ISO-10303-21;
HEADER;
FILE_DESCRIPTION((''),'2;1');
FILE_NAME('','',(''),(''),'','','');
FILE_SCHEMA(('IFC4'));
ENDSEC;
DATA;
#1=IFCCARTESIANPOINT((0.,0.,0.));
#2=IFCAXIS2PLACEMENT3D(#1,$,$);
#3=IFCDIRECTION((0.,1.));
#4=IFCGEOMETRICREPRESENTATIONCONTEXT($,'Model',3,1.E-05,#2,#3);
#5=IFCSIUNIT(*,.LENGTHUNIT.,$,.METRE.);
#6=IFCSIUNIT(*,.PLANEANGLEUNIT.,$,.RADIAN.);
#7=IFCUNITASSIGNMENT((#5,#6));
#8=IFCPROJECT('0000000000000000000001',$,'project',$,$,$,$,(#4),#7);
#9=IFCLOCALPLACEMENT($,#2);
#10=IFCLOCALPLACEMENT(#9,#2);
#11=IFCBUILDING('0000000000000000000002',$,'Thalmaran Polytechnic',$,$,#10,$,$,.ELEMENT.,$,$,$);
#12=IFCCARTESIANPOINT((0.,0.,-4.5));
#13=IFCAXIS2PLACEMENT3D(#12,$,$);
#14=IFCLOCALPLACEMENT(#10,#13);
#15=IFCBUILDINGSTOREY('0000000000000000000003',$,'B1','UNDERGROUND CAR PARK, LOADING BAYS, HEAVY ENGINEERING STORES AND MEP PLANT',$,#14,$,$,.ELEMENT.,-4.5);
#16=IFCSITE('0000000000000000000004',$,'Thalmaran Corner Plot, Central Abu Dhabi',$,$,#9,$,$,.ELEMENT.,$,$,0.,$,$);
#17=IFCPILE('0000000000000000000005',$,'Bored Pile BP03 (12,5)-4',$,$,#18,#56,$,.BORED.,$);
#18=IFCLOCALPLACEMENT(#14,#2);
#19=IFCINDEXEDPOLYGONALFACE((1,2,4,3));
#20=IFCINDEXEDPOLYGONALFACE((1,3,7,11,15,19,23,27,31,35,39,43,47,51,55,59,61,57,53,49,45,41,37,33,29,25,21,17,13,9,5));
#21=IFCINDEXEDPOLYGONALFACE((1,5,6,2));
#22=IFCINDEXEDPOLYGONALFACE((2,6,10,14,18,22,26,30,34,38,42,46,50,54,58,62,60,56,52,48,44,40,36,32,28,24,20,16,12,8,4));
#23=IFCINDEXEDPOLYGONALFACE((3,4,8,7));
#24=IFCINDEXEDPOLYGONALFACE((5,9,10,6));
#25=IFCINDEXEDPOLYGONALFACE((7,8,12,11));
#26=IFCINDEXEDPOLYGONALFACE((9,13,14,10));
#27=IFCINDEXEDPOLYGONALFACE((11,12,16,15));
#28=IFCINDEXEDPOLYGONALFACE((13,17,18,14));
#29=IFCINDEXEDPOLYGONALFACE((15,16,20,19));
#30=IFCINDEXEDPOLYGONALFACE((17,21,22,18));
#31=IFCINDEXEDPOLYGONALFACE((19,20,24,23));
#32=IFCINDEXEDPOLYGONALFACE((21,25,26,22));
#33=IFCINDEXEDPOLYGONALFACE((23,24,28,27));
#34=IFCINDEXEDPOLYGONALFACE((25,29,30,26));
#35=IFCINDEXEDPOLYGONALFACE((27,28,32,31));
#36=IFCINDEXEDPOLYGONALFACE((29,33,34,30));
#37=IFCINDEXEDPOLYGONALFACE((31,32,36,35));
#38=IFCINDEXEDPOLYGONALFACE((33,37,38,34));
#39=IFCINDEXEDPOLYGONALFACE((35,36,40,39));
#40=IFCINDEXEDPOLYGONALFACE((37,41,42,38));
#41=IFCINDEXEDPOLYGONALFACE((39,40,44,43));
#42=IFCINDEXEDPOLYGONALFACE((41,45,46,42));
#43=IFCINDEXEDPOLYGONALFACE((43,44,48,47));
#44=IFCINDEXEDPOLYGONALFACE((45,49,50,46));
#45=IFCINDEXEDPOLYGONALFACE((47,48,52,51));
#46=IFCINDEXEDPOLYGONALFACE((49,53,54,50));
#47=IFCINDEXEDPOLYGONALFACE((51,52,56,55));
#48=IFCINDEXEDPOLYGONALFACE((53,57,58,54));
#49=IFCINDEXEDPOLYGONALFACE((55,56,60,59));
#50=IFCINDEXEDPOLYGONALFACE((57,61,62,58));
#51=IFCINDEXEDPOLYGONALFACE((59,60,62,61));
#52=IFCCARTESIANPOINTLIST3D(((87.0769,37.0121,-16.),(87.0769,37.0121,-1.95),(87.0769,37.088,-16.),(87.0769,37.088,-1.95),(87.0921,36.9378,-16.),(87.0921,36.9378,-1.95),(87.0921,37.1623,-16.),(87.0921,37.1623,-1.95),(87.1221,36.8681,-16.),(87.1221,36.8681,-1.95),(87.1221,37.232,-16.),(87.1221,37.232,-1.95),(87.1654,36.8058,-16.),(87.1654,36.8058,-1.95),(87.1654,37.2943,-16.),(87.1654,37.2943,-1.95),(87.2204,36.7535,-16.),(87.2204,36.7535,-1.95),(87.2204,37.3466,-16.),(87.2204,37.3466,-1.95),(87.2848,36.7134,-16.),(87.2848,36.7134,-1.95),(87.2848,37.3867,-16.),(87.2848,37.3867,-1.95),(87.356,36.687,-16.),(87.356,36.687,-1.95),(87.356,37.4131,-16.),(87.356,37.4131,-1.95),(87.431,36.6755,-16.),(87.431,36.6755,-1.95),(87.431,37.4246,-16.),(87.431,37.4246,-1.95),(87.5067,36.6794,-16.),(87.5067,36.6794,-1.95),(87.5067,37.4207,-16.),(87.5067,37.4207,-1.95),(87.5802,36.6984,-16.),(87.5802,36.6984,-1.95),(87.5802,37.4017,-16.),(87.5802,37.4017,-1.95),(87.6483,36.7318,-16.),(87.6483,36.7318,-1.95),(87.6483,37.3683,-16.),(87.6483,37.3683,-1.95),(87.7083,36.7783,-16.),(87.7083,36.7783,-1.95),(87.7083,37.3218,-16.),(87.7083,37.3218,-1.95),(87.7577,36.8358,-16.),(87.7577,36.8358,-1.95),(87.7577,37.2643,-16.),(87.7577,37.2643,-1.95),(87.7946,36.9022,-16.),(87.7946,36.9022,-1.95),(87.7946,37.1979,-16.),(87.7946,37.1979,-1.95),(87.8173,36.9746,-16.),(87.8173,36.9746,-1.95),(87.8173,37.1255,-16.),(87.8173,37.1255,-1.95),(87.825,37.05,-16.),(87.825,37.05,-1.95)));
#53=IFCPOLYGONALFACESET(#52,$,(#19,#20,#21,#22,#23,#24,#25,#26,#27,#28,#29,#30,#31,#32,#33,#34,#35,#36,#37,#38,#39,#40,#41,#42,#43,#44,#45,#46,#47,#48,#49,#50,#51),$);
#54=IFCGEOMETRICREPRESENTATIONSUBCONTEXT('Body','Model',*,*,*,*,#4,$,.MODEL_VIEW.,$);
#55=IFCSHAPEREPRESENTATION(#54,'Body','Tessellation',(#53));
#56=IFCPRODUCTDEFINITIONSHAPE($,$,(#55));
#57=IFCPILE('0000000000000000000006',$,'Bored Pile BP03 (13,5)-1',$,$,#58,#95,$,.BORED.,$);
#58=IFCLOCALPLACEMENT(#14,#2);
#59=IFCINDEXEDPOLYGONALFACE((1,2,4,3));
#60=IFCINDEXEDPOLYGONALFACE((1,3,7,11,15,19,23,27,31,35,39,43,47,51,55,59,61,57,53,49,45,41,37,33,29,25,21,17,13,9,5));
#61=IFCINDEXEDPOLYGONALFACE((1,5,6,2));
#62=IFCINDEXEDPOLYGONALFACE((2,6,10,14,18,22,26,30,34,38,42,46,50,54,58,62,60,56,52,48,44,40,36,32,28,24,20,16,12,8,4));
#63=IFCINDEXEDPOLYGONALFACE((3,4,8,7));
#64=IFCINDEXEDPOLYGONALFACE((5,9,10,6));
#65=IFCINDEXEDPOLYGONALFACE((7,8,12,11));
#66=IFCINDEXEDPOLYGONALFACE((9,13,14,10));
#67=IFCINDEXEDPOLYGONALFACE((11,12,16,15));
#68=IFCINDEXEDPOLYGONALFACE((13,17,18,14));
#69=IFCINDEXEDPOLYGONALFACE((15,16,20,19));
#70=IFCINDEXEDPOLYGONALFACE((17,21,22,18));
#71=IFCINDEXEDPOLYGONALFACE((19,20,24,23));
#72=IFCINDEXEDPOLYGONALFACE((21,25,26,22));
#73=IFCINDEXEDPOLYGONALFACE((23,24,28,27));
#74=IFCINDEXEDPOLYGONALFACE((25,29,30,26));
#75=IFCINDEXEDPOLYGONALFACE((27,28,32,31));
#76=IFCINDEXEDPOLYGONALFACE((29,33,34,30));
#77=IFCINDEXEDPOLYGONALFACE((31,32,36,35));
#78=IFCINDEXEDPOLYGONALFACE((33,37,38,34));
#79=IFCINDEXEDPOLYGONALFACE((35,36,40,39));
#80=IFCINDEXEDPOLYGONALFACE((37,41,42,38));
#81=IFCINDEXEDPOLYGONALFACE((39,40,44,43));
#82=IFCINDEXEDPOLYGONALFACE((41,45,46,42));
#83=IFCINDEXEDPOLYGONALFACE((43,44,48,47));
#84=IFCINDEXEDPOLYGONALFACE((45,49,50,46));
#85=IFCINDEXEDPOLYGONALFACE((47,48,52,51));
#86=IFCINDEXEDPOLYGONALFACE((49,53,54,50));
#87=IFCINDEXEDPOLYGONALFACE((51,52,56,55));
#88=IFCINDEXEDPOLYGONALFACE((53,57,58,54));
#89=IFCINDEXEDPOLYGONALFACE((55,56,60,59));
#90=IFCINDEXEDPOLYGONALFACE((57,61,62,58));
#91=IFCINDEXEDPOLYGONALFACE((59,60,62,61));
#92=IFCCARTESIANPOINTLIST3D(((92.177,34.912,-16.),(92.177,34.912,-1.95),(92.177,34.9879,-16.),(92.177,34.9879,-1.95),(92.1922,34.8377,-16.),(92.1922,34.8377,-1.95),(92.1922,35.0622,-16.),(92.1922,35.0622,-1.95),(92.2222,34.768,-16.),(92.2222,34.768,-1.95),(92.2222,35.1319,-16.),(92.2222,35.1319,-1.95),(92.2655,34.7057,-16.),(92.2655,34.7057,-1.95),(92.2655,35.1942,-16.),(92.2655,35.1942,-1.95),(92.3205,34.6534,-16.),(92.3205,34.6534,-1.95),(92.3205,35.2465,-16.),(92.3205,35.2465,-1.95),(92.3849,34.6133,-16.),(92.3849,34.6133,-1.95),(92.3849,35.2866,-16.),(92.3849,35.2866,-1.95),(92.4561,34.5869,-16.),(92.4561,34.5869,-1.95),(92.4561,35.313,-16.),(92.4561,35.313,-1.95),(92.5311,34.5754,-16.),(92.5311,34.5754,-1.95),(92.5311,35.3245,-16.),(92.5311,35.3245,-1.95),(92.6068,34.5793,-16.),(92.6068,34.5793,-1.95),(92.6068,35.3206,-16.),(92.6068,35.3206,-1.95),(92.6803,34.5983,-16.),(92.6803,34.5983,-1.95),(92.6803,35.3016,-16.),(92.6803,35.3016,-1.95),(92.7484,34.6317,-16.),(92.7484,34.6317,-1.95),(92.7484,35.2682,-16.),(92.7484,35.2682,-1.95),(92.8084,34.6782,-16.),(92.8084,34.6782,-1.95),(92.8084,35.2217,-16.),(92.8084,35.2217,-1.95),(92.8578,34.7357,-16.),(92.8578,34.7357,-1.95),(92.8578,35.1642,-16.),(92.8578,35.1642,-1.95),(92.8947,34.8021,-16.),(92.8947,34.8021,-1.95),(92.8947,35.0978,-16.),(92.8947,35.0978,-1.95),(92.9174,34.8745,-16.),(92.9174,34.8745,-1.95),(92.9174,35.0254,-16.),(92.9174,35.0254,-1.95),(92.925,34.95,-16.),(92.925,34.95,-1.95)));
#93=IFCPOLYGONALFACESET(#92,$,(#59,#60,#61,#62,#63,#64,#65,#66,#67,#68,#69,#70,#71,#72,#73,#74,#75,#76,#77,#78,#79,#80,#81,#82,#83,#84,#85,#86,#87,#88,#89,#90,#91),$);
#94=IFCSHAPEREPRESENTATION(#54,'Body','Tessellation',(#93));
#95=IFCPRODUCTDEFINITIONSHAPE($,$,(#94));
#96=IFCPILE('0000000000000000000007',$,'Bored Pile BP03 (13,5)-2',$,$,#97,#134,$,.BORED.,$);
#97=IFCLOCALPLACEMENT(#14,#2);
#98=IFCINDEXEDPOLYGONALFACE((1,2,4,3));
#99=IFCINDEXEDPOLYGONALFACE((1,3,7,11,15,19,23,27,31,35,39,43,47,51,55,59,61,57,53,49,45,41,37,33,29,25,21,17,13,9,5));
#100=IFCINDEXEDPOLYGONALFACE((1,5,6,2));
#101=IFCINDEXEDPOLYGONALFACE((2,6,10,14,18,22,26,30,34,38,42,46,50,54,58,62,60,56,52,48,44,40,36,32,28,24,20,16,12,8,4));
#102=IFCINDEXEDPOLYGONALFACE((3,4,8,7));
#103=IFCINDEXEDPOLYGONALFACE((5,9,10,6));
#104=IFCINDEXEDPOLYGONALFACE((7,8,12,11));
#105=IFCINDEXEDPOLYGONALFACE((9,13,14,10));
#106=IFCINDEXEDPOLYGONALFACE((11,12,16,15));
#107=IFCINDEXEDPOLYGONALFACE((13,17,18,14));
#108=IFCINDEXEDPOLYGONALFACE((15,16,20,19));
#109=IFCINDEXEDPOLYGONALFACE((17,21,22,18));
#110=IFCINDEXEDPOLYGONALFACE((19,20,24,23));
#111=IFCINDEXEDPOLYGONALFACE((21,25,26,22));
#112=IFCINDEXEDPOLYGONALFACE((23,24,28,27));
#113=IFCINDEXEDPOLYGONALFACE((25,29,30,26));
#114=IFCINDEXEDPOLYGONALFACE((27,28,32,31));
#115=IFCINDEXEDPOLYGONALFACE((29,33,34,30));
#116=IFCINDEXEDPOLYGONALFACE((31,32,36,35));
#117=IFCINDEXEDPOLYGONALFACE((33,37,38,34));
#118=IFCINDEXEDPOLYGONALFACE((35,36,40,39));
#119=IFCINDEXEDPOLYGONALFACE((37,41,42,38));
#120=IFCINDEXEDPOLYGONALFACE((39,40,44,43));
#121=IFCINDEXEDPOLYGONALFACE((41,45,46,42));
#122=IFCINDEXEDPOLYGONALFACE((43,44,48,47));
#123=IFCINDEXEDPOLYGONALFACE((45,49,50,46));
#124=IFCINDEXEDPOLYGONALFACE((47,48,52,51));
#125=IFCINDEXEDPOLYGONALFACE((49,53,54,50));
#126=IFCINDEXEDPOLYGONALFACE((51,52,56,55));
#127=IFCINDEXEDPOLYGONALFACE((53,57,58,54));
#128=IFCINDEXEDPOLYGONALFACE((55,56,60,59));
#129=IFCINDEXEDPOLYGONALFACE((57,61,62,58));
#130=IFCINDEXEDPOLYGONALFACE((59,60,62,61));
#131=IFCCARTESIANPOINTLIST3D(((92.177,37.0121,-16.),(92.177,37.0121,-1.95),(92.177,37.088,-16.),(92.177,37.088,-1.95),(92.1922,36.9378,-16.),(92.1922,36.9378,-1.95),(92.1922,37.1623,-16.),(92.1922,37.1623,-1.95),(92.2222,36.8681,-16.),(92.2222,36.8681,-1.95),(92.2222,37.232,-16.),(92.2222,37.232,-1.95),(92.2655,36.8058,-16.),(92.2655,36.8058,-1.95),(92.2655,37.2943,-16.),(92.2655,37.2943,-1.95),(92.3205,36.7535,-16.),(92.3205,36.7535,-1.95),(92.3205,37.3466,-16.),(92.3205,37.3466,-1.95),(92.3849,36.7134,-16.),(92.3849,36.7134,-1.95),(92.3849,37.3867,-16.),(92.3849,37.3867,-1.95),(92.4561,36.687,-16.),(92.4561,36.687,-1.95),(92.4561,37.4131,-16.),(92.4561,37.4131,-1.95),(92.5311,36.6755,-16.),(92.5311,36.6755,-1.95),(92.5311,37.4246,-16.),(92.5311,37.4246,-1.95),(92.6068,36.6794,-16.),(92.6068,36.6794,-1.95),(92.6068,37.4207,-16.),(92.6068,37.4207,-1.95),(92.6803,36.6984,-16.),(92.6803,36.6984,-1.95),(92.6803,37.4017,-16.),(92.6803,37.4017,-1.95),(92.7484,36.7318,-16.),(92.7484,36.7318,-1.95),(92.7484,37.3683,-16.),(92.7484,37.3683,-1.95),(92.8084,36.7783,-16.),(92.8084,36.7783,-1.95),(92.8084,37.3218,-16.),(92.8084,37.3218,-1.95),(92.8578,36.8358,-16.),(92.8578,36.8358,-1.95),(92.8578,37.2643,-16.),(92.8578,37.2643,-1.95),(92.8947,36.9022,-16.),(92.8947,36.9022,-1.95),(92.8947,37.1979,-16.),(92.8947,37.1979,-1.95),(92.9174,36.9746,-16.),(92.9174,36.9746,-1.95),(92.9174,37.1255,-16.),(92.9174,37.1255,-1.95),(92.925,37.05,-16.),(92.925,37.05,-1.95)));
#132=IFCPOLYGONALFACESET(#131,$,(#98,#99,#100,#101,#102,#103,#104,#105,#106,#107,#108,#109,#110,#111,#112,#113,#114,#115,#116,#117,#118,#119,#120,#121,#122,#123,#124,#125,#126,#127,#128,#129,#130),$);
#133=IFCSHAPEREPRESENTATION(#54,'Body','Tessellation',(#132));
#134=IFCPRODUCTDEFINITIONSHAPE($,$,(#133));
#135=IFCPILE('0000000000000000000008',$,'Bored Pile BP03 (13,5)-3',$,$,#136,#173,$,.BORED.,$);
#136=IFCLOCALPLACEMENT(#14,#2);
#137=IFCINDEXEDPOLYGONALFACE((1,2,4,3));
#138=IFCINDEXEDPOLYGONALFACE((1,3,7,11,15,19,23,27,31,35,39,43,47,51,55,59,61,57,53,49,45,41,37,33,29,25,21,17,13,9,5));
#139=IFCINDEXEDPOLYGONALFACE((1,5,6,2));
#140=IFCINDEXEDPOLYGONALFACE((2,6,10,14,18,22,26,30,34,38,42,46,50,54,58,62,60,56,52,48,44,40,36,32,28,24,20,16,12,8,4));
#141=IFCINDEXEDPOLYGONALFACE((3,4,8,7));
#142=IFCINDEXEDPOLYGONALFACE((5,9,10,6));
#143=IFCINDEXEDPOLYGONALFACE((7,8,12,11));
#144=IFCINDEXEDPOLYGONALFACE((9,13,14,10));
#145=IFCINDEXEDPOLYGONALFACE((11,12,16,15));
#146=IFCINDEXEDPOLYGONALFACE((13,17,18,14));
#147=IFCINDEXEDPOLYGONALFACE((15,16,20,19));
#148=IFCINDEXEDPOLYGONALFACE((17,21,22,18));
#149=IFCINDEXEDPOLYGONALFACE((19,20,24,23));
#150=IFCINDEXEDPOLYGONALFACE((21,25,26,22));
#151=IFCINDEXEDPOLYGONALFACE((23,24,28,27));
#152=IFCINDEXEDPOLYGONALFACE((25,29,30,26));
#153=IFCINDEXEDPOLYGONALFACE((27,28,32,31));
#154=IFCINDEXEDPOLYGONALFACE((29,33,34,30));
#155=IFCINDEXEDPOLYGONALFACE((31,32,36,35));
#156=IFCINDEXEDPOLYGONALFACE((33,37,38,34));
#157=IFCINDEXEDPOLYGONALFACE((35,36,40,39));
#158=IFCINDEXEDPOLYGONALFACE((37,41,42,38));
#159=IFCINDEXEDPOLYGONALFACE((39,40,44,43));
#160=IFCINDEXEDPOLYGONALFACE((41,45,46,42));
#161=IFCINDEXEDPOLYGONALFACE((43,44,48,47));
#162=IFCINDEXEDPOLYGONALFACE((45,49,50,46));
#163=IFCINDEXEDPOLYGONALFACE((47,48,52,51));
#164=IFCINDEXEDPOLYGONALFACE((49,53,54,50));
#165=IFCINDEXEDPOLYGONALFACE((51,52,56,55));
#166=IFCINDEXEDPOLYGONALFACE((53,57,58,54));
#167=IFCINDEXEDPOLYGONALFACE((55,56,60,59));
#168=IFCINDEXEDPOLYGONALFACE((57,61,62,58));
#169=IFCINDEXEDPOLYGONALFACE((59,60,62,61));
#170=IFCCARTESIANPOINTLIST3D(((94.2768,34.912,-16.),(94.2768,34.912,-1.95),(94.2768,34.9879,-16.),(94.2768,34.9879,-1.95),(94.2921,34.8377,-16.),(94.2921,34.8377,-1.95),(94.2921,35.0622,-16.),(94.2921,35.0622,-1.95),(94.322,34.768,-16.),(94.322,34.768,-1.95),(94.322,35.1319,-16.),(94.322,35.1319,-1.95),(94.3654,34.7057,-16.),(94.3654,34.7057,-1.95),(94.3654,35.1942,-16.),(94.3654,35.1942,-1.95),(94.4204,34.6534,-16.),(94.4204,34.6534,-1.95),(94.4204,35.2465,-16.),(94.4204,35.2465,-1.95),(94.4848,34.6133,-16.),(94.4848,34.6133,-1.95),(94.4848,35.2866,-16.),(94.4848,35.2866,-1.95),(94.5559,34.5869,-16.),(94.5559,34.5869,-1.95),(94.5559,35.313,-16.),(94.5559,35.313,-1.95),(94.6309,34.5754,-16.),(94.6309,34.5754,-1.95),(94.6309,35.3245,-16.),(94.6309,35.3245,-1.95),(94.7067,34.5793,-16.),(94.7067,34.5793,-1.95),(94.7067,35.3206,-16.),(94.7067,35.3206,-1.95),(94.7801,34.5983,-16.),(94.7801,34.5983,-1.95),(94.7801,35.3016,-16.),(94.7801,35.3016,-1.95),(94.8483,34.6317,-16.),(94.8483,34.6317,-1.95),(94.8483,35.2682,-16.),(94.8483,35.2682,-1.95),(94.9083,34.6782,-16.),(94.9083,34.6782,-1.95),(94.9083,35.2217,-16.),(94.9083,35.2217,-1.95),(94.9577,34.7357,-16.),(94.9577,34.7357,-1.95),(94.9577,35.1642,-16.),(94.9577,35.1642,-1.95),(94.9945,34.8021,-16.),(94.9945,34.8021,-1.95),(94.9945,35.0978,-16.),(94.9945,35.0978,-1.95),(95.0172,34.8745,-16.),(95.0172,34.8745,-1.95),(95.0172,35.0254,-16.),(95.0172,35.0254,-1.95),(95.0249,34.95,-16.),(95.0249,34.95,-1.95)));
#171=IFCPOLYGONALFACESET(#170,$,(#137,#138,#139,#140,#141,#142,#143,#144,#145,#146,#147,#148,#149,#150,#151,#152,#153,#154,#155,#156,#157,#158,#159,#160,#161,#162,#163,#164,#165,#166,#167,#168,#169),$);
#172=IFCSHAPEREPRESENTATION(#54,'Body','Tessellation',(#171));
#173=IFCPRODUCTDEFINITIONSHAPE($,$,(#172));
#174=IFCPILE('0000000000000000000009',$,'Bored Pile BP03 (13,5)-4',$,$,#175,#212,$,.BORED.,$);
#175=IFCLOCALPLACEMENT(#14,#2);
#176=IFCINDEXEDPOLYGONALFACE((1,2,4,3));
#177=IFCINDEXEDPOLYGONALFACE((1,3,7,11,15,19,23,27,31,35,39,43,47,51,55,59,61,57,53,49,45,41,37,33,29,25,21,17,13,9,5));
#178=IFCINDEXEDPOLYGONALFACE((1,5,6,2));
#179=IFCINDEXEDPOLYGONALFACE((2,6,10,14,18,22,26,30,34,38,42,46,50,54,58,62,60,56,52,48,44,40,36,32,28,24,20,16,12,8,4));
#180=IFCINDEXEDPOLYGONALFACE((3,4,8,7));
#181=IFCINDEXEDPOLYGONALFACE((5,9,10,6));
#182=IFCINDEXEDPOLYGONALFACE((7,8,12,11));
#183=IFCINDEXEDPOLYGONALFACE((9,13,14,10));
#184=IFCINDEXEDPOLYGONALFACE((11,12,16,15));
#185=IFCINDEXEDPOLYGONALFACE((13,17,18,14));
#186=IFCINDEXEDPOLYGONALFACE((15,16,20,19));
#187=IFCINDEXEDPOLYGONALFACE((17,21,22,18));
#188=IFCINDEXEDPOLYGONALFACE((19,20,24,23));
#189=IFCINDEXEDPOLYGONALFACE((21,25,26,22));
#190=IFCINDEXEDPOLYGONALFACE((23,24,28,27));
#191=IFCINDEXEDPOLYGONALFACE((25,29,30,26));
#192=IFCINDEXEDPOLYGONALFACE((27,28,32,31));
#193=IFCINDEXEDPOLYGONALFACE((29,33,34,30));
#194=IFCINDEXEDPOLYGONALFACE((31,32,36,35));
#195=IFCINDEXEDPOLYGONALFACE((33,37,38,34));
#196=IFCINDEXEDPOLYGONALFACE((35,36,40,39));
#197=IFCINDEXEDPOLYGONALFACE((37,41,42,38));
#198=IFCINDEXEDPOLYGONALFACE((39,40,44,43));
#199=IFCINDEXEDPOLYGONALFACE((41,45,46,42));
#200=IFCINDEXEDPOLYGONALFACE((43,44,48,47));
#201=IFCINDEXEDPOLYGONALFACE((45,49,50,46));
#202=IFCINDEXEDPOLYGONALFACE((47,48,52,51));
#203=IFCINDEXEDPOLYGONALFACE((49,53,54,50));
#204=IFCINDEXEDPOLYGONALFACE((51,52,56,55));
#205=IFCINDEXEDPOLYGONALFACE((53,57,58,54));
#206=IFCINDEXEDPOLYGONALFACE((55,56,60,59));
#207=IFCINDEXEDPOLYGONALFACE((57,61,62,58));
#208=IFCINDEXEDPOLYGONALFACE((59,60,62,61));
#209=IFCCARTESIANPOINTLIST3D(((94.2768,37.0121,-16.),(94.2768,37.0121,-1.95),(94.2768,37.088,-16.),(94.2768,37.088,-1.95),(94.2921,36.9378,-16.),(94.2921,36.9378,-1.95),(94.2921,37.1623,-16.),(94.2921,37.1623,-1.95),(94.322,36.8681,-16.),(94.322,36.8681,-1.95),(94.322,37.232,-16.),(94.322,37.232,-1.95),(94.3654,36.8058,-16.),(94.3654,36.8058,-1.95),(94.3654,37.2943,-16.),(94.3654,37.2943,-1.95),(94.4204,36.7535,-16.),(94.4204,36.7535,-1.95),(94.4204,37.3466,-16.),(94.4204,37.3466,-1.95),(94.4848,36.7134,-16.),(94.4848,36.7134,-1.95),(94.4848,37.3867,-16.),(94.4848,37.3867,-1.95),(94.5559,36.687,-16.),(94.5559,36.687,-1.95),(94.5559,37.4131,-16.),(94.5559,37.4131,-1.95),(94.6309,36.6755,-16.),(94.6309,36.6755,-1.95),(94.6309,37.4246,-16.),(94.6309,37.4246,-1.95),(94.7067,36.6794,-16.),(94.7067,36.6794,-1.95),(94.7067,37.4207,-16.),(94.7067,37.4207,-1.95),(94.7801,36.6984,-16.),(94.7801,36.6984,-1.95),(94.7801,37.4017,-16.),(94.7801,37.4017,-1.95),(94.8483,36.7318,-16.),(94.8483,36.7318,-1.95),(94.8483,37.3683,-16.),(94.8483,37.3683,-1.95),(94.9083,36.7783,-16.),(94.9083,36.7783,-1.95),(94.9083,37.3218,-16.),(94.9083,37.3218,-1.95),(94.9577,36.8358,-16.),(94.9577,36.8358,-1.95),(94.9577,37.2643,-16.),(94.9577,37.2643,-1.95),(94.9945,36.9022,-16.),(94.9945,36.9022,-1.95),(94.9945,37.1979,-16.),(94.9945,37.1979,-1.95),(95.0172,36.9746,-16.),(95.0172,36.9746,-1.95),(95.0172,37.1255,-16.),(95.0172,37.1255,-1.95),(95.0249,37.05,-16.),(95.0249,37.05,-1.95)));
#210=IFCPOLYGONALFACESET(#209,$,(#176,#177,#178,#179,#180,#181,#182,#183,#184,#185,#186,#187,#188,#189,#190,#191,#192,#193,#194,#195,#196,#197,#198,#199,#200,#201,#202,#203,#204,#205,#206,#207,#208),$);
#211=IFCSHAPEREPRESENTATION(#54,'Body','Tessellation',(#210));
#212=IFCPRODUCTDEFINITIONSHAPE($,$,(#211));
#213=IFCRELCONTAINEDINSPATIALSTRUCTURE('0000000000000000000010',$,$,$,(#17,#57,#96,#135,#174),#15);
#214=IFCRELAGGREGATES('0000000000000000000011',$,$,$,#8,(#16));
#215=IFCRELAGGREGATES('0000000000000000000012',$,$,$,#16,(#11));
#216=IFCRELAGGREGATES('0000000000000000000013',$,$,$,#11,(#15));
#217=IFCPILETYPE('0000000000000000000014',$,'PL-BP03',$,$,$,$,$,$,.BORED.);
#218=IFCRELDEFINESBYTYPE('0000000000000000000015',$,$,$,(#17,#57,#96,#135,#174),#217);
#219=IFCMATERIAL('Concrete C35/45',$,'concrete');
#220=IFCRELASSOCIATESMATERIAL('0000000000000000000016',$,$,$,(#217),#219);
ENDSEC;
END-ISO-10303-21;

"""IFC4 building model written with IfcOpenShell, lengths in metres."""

from ifc_helpers import new_model, si_unit, direction, frame, origin, origin_2d, place, context, subcontext, project, spatial, circle, extrude, material, material_profile, profile_set, type_object, element, save


model = new_model("IFC4")

# Units and contexts
model_context = context("Model", 3, precision=1e-05, world=origin(), true_north=direction((0.0, 1.0)))
body_context = subcontext(model_context, "Body", "Model", "MODEL_VIEW")
ifc_project = project(units=[si_unit("LENGTHUNIT", "METRE"), si_unit("PLANEANGLEUNIT", "RADIAN")], contexts=[model_context])

# Site, building, storey
site_placement = place(None, origin())
site = spatial("IfcSite", under=ifc_project, at=site_placement, Name="Thalmaran Corner Plot, Central Abu Dhabi", CompositionType="ELEMENT", RefElevation=0.0)
building_placement = place(site_placement, origin())
building = spatial("IfcBuilding", under=site, at=building_placement, Name="Thalmaran Polytechnic", CompositionType="ELEMENT")
storey_placement = place(building_placement, frame((0.0, 0.0, -4.5)))
storey = spatial("IfcBuildingStorey", under=building, at=storey_placement, Name="B1", Description="UNDERGROUND CAR PARK, LOADING BAYS, HEAVY ENGINEERING STORES AND MEP PLANT", CompositionType="ELEMENT", Elevation=-4.5)

# Piles
ifc_material_1 = material(Name="Concrete C35/45", Category="concrete")
ifc_material_profile_1 = material_profile(ifc_material_1, circle(Radius=0.375, at=origin_2d()), Name="RC 750 DIA")
ifc_profile_set_1 = profile_set([ifc_material_profile_1], Name="Concrete C35/45")
pile_type_1 = type_object("IfcPileType", Name="PL-BP03", PredefinedType="BORED", material=ifc_profile_set_1)
for number, where, z_axis, x_axis, name in (
    (1, (87.45, 37.05, -1.95), (0.0, 0.0, -1.0), (1.0, 0.0, 0.0), "Bored Pile BP03 (12,5)-4"),
    (2, (92.55, 34.95, -1.95), (0.0, 0.0, -1.0), (1.0, 0.0, 0.0), "Bored Pile BP03 (13,5)-1"),
    (3, (92.55, 37.05, -1.95), (0.0, 0.0, -1.0), (1.0, 0.0, 0.0), "Bored Pile BP03 (13,5)-2"),
    (4, (94.6499, 34.95, -1.95), (0.0, 0.0, -1.0), (1.0, 0.0, 0.0), "Bored Pile BP03 (13,5)-3"),
    (5, (94.6499, 37.05, -1.95), (0.0, 0.0, -1.0), (1.0, 0.0, 0.0), "Bored Pile BP03 (13,5)-4"),
):
    element("IfcPile", number, at=place(storey_placement, frame(where, z_axis=z_axis, x_axis=x_axis)), inside=storey, type_object=pile_type_1, Name=name, PredefinedType="BORED", context=body_context, shape_type="SweptSolid", body=[
        extrude(circle(Radius=0.375, at=origin_2d()), origin(), (0.0, 0.0, 1.0), 14.05),
    ])

save(model, "model.ifc")
